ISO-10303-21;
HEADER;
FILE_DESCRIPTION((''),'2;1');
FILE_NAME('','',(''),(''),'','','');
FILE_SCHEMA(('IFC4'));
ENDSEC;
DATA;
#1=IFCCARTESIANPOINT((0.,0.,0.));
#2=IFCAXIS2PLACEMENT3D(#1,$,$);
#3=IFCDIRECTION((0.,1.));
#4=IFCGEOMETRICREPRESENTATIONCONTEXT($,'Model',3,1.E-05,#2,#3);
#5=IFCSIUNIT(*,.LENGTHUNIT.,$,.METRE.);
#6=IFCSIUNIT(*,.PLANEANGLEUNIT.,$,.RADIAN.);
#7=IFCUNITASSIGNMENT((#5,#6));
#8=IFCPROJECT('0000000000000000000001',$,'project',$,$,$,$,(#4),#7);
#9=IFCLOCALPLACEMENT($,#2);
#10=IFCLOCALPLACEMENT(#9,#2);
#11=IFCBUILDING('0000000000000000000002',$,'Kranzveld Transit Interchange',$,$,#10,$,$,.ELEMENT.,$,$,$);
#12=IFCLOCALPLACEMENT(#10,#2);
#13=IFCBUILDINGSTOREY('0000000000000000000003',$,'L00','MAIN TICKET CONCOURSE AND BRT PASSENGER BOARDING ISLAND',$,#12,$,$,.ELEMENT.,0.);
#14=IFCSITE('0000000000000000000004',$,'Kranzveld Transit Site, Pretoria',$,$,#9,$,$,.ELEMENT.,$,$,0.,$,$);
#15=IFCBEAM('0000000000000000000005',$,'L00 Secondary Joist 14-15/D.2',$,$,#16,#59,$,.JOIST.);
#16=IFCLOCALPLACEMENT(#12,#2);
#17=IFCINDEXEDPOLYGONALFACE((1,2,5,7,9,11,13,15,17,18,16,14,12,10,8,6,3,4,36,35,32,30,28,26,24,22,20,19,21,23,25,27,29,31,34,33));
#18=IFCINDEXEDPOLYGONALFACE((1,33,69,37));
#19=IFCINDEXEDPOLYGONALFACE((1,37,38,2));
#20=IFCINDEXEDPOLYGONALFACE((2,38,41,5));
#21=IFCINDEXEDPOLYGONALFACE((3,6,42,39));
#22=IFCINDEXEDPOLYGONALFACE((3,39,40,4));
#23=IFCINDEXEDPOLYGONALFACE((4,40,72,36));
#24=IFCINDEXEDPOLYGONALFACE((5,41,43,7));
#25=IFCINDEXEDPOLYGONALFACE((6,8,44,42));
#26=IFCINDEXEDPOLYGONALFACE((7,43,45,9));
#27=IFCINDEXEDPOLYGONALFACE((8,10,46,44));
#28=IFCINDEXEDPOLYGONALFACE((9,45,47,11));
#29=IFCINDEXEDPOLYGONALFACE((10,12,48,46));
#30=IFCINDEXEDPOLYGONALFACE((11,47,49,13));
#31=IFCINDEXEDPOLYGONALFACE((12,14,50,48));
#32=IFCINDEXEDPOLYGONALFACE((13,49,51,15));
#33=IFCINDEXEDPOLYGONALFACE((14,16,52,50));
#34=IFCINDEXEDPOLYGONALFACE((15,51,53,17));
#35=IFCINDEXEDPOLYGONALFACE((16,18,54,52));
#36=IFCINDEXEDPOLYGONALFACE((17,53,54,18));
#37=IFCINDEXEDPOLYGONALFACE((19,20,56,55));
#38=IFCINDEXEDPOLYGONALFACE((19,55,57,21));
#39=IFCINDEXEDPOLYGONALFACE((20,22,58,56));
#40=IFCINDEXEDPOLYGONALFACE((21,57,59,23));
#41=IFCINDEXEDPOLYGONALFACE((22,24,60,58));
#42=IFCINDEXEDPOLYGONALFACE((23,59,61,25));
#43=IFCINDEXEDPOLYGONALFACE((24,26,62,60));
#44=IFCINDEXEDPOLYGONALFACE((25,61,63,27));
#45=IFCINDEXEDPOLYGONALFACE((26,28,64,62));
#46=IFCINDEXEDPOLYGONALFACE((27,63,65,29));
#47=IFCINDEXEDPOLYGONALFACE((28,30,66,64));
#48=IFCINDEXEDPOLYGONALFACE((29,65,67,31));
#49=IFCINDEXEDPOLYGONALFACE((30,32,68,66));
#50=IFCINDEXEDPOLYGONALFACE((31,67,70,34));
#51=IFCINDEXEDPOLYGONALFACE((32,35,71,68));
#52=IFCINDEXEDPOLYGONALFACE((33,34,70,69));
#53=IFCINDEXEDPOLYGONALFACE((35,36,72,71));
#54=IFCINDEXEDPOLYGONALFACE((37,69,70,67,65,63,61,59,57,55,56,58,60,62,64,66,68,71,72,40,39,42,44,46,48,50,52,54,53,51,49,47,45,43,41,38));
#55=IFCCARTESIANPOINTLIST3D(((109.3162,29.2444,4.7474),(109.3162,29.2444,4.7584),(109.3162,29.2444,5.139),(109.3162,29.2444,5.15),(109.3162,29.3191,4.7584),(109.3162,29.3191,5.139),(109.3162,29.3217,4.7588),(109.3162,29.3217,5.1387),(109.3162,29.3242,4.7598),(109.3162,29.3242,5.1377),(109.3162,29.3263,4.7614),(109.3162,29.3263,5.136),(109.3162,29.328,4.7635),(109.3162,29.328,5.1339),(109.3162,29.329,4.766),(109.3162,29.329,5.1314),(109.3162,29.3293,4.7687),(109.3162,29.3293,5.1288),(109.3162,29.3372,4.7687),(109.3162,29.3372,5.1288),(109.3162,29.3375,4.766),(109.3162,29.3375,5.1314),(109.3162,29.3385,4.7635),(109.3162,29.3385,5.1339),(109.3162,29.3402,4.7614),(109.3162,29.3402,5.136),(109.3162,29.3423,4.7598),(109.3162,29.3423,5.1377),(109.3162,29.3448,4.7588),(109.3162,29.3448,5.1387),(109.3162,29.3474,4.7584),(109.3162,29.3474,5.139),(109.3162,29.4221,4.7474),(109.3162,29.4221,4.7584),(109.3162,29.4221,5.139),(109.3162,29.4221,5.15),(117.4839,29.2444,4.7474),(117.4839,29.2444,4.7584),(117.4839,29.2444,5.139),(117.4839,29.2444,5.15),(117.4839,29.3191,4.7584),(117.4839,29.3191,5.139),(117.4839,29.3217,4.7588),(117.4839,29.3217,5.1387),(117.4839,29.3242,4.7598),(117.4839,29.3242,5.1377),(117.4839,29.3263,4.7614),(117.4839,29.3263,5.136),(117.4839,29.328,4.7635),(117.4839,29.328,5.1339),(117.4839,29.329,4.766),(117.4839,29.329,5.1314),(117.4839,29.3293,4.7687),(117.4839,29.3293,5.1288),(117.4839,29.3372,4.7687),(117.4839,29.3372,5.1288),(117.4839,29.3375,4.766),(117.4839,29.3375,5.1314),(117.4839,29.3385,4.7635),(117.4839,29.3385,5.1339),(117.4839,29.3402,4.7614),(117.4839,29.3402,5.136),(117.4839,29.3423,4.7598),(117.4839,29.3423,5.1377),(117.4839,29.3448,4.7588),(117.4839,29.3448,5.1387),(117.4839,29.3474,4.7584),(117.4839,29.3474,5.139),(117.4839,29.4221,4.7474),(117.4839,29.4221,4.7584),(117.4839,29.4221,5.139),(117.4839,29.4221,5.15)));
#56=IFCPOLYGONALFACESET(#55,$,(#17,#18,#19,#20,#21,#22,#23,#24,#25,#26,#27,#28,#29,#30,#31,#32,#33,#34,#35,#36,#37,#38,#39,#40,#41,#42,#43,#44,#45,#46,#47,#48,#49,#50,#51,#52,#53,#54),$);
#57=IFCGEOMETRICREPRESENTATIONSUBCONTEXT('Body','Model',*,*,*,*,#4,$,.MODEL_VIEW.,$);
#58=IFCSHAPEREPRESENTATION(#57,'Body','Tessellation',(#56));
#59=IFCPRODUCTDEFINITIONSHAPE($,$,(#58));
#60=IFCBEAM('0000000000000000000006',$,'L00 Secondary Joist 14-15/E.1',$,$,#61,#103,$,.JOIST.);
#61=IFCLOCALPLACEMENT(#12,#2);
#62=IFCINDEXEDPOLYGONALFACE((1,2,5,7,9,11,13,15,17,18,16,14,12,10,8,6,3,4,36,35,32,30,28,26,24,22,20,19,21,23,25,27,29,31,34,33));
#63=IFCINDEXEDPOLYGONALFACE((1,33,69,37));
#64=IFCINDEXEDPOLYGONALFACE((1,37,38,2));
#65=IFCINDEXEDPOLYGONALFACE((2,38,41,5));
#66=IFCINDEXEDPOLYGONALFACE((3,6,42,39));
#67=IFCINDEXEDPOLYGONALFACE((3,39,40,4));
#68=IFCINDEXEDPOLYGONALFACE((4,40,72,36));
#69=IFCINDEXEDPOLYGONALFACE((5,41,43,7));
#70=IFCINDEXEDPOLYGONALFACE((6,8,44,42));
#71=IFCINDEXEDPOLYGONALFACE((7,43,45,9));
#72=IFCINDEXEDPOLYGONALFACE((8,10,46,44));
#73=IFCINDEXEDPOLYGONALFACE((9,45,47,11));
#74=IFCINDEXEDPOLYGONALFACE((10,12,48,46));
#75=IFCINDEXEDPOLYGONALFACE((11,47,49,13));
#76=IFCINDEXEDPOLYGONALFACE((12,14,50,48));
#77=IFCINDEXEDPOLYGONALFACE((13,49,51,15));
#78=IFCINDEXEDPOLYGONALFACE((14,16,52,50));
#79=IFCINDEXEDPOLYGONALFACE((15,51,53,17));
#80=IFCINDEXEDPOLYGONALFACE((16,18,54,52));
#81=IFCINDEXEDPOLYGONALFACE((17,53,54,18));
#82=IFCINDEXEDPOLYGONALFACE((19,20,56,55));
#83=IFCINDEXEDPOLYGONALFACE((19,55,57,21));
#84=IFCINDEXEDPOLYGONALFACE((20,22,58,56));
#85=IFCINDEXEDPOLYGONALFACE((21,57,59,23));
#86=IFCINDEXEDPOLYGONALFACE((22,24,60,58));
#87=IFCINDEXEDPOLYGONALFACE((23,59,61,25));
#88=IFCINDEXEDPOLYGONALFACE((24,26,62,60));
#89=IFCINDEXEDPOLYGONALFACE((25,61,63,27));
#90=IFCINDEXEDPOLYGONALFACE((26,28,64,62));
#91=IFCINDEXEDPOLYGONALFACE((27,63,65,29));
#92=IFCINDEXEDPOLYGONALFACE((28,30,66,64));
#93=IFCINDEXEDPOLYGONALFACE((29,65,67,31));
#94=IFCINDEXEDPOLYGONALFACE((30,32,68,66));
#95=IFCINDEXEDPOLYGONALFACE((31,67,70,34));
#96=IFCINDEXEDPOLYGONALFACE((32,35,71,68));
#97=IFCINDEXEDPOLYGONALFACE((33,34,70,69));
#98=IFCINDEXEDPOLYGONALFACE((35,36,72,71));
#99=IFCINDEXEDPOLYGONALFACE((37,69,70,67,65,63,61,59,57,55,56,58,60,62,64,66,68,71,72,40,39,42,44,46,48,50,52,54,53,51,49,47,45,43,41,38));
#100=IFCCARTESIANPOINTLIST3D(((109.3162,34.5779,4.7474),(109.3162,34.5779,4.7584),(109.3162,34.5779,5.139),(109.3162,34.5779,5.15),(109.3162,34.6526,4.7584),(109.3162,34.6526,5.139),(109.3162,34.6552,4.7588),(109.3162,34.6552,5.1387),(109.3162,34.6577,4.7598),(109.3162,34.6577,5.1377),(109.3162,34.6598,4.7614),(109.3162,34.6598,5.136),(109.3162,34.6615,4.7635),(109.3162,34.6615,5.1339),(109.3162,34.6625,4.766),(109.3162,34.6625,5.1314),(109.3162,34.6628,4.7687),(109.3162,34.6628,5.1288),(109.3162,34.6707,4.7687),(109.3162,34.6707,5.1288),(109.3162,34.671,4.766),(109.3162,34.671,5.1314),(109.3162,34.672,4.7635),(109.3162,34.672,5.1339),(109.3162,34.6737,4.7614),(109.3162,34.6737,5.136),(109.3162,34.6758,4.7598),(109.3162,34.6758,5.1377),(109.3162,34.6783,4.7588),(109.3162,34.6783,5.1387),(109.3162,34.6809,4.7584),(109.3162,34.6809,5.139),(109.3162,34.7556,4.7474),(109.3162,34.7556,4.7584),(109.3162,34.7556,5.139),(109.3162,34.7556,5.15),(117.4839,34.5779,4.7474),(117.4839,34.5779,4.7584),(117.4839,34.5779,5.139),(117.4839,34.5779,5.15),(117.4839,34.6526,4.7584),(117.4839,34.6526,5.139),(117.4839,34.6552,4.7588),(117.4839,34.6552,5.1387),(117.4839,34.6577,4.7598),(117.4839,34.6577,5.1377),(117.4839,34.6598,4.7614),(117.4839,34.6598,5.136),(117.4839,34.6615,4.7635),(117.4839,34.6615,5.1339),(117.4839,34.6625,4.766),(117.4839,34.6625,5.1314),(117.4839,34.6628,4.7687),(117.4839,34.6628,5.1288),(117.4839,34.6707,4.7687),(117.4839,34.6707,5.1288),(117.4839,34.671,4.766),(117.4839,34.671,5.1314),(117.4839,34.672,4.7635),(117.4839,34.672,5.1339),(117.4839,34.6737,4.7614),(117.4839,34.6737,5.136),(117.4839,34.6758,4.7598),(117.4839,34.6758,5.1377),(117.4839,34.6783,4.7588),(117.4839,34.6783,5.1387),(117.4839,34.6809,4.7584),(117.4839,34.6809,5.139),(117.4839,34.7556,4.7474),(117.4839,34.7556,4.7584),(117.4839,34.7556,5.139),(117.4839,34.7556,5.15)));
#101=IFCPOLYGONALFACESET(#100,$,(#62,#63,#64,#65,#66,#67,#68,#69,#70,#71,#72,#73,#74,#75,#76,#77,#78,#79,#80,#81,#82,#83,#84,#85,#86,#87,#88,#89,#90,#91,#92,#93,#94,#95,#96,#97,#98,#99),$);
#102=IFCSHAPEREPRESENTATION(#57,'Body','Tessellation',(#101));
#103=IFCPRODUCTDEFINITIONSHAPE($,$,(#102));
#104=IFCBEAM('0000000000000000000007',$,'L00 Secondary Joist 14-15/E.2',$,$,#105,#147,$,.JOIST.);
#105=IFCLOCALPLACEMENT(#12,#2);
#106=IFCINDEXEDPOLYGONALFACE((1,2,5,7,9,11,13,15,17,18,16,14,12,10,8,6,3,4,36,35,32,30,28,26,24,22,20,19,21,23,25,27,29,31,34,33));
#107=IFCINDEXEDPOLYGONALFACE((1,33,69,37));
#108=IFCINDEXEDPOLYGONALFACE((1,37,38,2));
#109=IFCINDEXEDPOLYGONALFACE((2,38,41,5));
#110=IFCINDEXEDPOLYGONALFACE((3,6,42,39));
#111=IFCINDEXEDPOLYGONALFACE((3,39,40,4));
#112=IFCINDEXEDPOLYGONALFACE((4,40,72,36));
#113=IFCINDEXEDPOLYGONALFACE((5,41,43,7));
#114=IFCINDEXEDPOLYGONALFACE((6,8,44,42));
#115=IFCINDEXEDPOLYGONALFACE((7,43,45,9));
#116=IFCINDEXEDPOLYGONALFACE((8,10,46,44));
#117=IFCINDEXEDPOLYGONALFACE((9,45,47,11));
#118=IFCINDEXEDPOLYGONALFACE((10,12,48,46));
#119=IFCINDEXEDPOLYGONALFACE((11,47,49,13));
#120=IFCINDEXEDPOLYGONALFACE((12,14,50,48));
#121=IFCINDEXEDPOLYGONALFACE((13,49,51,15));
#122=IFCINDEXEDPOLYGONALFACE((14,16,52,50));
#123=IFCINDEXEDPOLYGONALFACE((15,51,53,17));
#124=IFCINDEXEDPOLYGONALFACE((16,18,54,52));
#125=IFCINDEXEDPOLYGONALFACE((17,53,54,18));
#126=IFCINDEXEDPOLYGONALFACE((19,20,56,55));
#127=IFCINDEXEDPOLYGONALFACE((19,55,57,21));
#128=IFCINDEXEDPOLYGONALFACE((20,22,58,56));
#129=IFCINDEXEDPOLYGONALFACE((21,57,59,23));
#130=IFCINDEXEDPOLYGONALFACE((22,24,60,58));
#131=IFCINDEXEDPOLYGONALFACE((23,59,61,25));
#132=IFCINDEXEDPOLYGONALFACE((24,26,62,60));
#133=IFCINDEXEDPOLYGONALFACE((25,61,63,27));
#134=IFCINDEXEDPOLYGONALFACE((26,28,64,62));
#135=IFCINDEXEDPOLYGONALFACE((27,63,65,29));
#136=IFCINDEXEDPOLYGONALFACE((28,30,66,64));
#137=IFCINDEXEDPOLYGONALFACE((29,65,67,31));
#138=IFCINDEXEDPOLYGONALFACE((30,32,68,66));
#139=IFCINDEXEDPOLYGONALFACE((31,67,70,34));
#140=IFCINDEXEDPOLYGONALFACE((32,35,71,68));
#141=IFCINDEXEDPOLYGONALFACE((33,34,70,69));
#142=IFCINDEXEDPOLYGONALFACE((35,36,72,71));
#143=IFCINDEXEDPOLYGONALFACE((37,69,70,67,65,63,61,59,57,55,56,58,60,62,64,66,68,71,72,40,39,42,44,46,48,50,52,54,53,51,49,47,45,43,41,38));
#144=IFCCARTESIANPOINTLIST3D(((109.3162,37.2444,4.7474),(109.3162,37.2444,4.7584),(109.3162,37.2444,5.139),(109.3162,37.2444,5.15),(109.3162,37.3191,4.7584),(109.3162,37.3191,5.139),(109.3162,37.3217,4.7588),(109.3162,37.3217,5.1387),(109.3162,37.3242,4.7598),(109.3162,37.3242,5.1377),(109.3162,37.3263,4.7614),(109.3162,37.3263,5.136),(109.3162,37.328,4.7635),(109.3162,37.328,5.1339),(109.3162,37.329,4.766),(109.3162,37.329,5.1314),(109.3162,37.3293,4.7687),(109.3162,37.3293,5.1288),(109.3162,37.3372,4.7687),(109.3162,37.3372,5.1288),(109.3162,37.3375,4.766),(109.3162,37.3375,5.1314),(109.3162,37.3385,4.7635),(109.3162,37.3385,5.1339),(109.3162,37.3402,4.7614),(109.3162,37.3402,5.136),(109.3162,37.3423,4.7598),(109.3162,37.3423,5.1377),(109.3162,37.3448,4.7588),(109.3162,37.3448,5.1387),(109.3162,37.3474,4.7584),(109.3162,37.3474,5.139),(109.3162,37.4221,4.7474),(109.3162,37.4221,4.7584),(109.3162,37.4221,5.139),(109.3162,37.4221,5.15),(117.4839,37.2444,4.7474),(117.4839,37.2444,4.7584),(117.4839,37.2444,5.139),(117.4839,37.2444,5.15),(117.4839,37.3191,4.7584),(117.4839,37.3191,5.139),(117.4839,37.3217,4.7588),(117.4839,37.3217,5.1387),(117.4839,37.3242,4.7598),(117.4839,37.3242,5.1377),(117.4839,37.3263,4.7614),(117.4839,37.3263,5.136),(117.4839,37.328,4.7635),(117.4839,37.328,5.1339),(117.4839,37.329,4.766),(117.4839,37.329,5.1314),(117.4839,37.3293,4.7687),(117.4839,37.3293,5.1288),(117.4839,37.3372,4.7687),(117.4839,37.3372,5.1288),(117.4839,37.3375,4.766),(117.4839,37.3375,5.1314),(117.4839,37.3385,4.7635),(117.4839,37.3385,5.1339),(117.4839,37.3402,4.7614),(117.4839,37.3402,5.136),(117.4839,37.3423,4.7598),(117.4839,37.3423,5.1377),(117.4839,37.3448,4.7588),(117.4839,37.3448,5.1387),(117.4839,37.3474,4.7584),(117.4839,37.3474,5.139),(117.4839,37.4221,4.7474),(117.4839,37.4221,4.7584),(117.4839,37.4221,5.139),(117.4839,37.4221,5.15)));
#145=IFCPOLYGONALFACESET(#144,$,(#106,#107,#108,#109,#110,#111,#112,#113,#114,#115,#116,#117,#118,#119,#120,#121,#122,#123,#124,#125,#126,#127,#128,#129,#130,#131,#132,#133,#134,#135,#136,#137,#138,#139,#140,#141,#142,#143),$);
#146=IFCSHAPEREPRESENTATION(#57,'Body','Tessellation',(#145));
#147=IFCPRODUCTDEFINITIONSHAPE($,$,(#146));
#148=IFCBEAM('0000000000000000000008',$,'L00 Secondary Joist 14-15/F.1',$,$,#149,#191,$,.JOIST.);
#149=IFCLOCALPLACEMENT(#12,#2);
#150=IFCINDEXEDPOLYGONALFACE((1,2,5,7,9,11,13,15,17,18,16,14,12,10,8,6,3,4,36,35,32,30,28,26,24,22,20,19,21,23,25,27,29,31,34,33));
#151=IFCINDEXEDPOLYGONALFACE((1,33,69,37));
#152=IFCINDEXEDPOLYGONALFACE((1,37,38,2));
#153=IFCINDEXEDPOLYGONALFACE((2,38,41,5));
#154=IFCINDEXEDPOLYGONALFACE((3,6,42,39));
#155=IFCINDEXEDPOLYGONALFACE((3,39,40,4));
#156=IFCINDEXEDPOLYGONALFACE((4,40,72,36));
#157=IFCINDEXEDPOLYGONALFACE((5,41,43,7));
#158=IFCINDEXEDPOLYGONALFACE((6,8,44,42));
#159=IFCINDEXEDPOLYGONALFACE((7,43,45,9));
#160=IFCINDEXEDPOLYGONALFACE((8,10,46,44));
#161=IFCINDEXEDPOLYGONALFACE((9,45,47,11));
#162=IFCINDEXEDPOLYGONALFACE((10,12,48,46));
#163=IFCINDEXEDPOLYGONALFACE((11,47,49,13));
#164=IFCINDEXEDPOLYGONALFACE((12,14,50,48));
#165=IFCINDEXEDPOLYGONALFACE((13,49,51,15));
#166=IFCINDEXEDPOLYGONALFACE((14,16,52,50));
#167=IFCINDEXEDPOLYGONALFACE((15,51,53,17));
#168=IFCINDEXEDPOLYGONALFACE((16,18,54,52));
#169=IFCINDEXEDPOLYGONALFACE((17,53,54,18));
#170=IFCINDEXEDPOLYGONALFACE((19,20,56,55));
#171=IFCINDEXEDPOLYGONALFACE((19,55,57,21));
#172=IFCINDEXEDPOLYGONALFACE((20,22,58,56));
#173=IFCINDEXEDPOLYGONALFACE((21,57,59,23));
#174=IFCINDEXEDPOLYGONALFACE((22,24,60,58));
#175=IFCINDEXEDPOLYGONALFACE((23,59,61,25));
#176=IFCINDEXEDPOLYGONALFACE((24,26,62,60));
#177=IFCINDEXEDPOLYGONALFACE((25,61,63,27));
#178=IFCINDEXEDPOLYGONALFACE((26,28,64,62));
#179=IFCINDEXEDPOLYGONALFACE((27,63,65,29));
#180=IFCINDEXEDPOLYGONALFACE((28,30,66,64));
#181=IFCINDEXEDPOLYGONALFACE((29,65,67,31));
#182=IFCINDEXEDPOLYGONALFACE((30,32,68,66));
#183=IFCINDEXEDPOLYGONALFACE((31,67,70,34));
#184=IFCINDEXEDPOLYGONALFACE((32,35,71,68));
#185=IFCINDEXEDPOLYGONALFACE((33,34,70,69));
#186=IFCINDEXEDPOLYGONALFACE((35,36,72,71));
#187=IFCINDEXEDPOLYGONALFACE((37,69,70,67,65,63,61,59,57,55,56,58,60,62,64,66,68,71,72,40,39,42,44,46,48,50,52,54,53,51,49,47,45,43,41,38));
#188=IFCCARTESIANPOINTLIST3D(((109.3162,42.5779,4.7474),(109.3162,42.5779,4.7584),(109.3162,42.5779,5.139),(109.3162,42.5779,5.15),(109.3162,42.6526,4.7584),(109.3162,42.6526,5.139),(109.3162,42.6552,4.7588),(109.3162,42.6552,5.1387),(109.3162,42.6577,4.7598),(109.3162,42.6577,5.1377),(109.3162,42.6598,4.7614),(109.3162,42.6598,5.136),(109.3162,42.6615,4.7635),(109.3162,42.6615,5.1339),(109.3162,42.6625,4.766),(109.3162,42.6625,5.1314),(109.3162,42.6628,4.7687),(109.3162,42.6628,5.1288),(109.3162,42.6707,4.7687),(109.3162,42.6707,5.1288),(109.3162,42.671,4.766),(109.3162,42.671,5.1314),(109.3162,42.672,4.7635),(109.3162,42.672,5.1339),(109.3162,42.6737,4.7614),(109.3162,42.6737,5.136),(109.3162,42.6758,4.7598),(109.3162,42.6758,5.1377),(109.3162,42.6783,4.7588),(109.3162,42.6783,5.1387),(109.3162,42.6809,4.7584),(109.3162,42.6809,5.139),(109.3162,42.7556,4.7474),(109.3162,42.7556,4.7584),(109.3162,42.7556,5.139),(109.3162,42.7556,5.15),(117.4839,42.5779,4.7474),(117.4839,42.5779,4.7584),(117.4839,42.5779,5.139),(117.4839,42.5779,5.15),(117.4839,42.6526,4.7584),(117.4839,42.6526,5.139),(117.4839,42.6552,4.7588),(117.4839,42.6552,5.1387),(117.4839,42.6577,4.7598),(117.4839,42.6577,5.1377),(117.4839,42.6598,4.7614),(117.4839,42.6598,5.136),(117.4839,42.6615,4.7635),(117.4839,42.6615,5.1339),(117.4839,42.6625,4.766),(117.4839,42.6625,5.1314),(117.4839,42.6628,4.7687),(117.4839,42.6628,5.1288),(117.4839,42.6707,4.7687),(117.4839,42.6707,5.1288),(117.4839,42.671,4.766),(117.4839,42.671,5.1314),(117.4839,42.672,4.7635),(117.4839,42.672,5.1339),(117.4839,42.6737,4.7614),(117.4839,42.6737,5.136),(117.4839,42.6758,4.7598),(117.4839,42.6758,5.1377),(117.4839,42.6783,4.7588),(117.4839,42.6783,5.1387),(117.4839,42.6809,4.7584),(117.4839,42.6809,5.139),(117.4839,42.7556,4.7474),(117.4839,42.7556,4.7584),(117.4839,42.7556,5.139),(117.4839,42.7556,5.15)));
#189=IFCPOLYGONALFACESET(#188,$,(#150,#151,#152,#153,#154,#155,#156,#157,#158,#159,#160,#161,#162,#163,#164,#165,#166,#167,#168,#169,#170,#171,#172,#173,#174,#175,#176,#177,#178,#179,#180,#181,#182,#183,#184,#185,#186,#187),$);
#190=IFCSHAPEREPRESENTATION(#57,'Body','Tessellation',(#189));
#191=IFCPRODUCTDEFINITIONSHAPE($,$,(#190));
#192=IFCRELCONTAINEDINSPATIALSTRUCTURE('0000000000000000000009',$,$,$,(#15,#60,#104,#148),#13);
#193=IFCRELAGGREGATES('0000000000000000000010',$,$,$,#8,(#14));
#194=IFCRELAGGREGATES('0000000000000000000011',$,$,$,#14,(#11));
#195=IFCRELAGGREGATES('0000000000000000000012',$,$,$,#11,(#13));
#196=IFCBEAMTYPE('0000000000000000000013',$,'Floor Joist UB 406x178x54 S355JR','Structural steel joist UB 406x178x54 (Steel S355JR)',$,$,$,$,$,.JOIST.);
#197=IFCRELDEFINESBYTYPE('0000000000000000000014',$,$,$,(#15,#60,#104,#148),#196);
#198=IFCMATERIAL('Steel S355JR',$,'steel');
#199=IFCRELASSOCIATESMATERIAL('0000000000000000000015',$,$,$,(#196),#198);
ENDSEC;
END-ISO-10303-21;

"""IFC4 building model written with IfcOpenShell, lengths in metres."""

from ifc_helpers import new_model, si_unit, direction, frame, origin, origin_2d, place, context, subcontext, project, spatial, i_section, extrude, material, material_profile, profile_set, type_object, element, save


model = new_model("IFC4")

# Units and contexts
model_context = context("Model", 3, precision=1e-05, world=origin(), true_north=direction((0.0, 1.0)))
body_context = subcontext(model_context, "Body", "Model", "MODEL_VIEW")
ifc_project = project(units=[si_unit("LENGTHUNIT", "METRE"), si_unit("PLANEANGLEUNIT", "RADIAN")], contexts=[model_context])

# Site, building, storey
site_placement = place(None, origin())
site = spatial("IfcSite", under=ifc_project, at=site_placement, Name="Kranzveld Transit Site, Pretoria", CompositionType="ELEMENT", RefElevation=0.0)
building_placement = place(site_placement, origin())
building = spatial("IfcBuilding", under=site, at=building_placement, Name="Kranzveld Transit Interchange", CompositionType="ELEMENT")
storey_placement = place(building_placement, origin())
storey = spatial("IfcBuildingStorey", under=building, at=storey_placement, Name="L00", Description="MAIN TICKET CONCOURSE AND BRT PASSENGER BOARDING ISLAND", CompositionType="ELEMENT", Elevation=0.0)

# Beams
ifc_material_1 = material(Name="Steel S355JR", Category="steel")
ifc_material_profile_1 = material_profile(ifc_material_1, i_section(OverallWidth=0.1777, OverallDepth=0.4026, WebThickness=0.0078, FlangeThickness=0.011, FilletRadius=0.0103, at=origin_2d()), Name="UB 406x178x54")
ifc_profile_set_1 = profile_set([ifc_material_profile_1], Name="Steel S355JR")
beam_type_1 = type_object("IfcBeamType", Name="Floor Joist UB 406x178x54 S355JR", Description="Structural steel joist UB 406x178x54 (Steel S355JR)", PredefinedType="JOIST", material=ifc_profile_set_1)
for number, where, z_axis, x_axis, name in (
    (1, (109.3162, 29.3333, 4.9487), (1.0, 0.0, 0.0), (0.0, 1.0, 0.0), "L00 Secondary Joist 14-15/D.2"),
    (2, (109.3162, 34.6667, 4.9487), (1.0, 0.0, 0.0), (0.0, 1.0, 0.0), "L00 Secondary Joist 14-15/E.1"),
    (3, (109.3162, 37.3333, 4.9487), (1.0, 0.0, 0.0), (0.0, 1.0, 0.0), "L00 Secondary Joist 14-15/E.2"),
    (4, (109.3162, 42.6667, 4.9487), (1.0, 0.0, 0.0), (0.0, 1.0, 0.0), "L00 Secondary Joist 14-15/F.1"),
):
    element("IfcBeam", number, at=place(storey_placement, frame(where, z_axis=z_axis, x_axis=x_axis)), inside=storey, type_object=beam_type_1, Name=name, PredefinedType="JOIST", context=body_context, shape_type="SweptSolid", body=[
        extrude(i_section(OverallWidth=0.1777, OverallDepth=0.4026, WebThickness=0.0078, FlangeThickness=0.011, FilletRadius=0.0103, at=origin_2d()), origin(), (0.0, 0.0, 1.0), 8.1677),
    ])

save(model, "model.ifc")
